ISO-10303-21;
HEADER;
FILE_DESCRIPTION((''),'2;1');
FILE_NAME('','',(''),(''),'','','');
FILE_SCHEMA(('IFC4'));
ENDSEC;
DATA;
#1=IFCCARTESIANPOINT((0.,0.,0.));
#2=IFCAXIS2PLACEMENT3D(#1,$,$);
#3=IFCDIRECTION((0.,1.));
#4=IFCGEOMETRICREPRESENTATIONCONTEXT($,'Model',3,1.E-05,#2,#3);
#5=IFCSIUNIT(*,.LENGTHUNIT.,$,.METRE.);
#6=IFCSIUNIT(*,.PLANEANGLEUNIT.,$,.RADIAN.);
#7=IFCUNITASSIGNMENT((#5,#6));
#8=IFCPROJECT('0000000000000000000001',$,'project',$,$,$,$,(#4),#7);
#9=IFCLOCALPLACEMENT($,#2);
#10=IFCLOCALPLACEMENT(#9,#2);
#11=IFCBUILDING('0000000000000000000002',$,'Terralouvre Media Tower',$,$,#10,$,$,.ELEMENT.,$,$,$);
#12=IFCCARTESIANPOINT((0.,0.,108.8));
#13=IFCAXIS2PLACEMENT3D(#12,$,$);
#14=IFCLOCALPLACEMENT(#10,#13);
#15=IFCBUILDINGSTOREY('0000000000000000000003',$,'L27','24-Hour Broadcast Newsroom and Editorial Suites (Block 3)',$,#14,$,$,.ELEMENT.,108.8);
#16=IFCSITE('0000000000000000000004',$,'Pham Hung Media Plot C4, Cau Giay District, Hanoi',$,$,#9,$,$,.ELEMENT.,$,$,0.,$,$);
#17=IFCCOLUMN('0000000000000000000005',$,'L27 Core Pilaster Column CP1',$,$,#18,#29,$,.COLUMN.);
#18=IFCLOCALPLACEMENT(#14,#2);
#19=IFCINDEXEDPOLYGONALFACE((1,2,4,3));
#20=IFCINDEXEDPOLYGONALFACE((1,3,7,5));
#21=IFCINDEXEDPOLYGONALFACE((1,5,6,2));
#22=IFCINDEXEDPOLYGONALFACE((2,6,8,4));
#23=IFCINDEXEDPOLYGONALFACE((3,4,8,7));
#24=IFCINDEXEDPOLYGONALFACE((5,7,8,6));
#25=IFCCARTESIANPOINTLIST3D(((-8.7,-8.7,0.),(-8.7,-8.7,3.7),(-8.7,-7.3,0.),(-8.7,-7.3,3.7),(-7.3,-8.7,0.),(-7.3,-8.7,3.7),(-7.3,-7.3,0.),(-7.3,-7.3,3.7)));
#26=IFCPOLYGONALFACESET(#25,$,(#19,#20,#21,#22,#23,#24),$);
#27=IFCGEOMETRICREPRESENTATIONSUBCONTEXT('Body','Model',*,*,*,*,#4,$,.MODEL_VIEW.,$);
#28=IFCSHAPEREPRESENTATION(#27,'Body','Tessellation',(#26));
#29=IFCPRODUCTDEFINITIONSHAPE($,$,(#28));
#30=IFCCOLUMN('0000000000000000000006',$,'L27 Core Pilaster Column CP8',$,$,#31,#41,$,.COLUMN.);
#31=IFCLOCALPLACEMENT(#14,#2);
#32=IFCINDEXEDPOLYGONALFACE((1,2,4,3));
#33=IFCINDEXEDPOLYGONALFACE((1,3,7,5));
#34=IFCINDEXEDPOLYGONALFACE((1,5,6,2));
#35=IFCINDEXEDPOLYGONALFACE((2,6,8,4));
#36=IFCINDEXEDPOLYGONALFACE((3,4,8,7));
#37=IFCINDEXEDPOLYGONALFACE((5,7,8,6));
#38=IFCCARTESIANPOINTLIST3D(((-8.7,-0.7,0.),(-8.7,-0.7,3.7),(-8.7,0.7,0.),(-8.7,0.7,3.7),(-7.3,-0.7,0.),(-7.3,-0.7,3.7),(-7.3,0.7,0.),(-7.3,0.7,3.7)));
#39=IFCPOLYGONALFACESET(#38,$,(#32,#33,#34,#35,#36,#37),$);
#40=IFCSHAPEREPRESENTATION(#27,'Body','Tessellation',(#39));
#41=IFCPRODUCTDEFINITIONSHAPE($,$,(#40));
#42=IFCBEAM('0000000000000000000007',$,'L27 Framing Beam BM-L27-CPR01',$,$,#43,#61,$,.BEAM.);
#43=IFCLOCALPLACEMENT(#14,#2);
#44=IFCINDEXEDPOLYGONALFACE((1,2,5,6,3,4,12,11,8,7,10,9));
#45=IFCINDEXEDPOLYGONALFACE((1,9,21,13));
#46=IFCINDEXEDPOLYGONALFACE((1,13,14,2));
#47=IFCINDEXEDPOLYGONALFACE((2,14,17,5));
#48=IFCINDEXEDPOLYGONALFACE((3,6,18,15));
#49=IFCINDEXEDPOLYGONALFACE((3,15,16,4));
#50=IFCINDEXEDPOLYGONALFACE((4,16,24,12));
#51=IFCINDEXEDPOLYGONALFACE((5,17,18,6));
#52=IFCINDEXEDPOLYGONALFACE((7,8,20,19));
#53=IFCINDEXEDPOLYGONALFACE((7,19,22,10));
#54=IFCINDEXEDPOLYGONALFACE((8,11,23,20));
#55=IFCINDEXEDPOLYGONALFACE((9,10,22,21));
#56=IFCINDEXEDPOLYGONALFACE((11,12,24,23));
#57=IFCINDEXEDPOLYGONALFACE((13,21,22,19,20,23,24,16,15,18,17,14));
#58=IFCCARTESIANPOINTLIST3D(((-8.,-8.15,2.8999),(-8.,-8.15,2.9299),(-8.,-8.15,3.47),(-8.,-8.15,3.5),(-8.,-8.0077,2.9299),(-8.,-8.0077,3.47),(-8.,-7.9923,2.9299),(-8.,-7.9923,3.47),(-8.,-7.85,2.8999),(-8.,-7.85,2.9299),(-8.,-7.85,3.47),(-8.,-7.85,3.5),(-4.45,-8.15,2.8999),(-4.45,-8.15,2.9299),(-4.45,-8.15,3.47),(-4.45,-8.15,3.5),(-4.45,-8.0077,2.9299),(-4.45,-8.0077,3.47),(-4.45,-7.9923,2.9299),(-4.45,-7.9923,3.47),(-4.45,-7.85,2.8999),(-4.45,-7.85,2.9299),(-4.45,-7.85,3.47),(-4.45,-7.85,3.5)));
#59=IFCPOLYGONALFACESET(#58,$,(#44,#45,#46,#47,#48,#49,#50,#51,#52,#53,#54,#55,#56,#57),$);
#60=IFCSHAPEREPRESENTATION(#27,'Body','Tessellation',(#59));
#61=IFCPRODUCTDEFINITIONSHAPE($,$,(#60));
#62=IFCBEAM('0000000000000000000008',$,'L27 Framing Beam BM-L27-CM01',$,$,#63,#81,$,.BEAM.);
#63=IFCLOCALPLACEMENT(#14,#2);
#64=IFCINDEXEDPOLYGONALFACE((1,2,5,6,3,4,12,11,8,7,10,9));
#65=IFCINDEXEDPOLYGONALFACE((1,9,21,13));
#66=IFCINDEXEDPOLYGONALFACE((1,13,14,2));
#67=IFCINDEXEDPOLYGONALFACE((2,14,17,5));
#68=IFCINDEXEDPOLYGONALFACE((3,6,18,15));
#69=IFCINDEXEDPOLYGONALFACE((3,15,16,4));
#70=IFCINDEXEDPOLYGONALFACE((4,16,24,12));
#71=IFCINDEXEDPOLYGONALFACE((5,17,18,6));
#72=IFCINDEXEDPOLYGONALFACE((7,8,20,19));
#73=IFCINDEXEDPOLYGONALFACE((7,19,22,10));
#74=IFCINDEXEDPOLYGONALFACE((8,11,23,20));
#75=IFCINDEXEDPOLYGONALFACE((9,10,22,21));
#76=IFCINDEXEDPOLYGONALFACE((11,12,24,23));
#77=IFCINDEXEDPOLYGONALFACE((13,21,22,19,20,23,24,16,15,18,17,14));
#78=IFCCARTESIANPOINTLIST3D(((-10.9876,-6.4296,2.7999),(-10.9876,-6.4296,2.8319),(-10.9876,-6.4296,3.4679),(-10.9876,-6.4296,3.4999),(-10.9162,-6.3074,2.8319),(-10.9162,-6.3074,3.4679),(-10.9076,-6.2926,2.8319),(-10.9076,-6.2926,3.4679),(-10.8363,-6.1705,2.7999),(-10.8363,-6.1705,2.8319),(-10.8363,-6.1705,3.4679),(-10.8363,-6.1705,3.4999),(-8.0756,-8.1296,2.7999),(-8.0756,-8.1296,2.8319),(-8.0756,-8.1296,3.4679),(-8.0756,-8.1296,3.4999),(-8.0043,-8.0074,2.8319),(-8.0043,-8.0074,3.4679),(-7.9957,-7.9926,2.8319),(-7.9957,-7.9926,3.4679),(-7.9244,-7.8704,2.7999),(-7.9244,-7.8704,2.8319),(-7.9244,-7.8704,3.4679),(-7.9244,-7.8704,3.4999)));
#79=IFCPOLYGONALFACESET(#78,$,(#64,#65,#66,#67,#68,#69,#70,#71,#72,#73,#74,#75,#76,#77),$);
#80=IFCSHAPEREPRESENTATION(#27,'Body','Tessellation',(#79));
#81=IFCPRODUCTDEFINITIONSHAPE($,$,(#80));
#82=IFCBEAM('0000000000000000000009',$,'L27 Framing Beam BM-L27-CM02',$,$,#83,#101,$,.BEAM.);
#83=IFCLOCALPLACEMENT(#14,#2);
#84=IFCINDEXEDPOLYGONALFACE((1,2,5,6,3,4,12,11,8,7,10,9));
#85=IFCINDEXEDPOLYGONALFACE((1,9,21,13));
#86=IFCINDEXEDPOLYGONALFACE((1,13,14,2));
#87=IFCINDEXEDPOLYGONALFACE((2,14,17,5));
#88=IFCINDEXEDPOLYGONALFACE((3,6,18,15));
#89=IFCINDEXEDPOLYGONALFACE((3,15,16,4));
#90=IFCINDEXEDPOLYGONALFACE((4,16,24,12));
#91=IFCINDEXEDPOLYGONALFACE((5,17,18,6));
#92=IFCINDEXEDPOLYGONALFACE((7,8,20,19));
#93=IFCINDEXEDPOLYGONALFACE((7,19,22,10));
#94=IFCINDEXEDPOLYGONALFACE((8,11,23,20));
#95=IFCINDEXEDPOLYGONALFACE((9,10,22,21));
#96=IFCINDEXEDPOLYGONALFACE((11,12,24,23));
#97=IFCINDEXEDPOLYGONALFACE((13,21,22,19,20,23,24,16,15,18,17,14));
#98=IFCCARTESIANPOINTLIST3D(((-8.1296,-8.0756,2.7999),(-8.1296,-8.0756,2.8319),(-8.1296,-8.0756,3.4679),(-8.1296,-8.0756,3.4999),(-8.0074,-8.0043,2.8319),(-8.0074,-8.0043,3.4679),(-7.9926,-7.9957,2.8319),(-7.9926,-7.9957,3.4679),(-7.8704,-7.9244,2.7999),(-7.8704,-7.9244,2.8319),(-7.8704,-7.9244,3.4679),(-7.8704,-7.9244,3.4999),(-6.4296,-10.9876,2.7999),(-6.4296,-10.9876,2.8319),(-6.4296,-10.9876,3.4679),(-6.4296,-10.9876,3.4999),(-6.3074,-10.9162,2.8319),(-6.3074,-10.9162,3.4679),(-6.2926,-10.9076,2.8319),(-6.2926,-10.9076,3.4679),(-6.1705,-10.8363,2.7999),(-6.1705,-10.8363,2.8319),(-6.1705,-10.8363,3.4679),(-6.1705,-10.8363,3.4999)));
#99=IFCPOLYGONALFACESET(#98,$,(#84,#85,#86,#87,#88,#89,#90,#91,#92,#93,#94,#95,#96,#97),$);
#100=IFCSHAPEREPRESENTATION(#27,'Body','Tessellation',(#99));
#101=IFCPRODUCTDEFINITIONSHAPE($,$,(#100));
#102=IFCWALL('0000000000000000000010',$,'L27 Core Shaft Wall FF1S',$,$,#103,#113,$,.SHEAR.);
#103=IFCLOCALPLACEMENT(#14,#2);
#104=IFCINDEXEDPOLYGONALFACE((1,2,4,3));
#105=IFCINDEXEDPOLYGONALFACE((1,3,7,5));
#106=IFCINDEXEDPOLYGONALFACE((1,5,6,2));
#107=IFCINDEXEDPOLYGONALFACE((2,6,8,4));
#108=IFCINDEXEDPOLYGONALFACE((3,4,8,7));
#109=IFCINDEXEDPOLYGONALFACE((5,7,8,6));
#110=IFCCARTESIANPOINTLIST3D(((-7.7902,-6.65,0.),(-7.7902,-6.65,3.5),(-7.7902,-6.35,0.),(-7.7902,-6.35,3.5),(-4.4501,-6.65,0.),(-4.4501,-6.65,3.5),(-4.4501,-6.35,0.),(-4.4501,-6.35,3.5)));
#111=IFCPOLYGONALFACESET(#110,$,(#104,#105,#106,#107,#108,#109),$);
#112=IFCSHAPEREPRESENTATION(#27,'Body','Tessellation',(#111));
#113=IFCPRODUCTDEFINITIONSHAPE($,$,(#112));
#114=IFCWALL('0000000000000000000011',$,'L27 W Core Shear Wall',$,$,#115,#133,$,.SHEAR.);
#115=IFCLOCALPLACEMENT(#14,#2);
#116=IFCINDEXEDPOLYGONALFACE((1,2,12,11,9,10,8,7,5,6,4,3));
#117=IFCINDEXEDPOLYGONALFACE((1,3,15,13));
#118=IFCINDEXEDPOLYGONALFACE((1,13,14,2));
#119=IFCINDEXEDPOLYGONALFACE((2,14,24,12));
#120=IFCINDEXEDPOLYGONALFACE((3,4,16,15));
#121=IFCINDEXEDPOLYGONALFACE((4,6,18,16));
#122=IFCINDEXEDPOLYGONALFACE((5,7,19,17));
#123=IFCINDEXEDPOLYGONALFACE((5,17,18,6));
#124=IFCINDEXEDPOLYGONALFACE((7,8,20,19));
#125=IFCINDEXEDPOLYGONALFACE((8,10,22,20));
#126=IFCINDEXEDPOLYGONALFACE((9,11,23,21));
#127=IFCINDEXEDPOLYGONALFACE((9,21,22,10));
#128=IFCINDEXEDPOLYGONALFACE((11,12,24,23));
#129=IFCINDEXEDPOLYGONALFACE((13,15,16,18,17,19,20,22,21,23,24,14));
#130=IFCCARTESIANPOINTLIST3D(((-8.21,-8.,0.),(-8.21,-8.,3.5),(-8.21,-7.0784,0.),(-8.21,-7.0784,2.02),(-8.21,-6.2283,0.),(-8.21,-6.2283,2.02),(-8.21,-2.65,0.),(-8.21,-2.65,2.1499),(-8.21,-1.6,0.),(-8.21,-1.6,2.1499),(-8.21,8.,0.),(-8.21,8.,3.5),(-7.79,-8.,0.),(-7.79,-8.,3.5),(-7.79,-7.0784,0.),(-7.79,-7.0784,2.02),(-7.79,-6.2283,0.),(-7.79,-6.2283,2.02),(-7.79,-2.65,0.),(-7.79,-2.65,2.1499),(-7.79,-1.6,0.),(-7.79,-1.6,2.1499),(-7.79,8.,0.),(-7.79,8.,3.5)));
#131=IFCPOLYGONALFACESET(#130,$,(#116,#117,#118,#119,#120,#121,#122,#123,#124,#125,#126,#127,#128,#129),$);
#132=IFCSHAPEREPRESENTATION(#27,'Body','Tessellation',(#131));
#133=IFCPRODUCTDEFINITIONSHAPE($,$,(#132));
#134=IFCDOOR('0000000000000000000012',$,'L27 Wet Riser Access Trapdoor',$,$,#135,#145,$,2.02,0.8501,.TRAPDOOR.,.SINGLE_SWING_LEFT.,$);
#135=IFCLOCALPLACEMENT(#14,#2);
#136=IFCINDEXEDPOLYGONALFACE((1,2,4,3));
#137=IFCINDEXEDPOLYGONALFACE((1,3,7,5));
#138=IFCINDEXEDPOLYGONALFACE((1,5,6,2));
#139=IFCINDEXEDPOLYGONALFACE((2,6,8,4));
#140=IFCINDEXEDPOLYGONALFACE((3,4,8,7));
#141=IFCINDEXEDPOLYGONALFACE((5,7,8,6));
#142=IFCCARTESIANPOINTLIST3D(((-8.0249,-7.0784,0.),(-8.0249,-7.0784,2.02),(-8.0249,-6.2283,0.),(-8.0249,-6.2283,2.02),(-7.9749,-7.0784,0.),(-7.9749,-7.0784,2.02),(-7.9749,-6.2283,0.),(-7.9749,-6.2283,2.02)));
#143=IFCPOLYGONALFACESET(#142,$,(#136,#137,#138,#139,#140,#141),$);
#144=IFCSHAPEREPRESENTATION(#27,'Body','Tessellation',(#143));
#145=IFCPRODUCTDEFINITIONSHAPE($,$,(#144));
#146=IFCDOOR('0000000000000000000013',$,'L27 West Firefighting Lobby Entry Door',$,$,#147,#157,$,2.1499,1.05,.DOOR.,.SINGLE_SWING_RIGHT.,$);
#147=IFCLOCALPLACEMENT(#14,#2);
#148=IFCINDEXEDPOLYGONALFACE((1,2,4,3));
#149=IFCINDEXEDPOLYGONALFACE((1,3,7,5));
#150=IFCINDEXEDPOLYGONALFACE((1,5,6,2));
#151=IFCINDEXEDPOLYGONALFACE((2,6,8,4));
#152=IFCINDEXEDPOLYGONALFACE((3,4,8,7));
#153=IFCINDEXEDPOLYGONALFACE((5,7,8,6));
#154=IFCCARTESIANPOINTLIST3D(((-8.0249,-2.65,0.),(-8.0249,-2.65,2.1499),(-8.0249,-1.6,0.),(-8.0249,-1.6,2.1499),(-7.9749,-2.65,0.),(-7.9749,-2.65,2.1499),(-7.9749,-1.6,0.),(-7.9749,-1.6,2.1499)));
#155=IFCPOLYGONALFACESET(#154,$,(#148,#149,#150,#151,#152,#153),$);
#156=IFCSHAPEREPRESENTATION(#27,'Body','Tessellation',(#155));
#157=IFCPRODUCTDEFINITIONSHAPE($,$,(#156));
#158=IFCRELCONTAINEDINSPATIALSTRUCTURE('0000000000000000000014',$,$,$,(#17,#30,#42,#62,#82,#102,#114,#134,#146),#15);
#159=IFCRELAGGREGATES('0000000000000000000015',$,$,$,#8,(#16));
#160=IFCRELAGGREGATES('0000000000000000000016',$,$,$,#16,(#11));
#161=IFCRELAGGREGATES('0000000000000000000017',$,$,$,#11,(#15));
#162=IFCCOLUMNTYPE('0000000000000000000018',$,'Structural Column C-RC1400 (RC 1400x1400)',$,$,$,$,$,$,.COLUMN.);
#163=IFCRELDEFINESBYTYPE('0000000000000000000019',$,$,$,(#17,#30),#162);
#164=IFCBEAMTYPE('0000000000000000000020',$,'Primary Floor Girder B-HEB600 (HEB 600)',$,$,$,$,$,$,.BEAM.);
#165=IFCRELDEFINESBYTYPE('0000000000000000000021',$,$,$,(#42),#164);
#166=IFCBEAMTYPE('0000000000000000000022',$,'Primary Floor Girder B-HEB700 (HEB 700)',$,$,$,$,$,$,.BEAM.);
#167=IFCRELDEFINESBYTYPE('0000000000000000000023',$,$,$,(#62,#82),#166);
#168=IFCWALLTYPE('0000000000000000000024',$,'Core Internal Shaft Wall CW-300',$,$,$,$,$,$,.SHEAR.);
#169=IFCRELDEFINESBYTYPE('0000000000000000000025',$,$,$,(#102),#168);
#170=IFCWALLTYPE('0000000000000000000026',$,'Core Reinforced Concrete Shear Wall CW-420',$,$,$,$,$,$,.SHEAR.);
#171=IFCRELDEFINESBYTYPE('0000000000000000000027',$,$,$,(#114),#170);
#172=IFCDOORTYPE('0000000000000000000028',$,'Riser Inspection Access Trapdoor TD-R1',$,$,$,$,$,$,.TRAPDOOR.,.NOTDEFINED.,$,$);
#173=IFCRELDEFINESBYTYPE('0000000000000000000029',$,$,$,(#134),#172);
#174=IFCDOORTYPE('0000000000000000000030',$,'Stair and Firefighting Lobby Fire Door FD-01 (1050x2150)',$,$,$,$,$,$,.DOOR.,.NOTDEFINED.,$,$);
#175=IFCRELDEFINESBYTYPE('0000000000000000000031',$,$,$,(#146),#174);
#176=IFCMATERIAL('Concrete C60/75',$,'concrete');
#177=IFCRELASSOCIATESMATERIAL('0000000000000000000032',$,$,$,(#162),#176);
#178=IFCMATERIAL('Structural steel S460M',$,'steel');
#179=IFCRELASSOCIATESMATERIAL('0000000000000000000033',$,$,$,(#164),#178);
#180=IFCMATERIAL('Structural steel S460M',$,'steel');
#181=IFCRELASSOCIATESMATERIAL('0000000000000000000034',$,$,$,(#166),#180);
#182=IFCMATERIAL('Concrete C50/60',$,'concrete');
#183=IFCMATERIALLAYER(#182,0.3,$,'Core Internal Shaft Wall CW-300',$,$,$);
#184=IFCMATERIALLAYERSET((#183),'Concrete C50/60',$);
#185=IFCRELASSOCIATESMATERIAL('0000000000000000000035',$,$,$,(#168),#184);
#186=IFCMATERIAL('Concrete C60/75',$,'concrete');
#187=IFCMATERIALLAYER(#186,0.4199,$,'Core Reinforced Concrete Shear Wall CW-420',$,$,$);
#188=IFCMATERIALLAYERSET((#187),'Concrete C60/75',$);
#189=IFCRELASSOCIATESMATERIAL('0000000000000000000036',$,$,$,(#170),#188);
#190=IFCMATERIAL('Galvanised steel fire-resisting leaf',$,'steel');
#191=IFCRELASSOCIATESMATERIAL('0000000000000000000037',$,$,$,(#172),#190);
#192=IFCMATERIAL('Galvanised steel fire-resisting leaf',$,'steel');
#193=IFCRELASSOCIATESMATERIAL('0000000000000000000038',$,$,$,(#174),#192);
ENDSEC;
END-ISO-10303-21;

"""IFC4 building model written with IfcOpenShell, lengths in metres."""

from ifc_helpers import new_model, si_unit, direction, frame, frame_2d, origin, origin_2d, place, context, subcontext, project, spatial, rectangle, i_section, extrude, material, layer, layer_set, material_profile, profile_set, type_object, element, fill, save


model = new_model("IFC4")

# Units and contexts
model_context = context("Model", 3, precision=1e-05, world=origin(), true_north=direction((0.0, 1.0)))
body_context = subcontext(model_context, "Body", "Model", "MODEL_VIEW")
ifc_project = project(units=[si_unit("LENGTHUNIT", "METRE"), si_unit("PLANEANGLEUNIT", "RADIAN")], contexts=[model_context])

# Site, building, storey
site_placement = place(None, origin())
site = spatial("IfcSite", under=ifc_project, at=site_placement, Name="Pham Hung Media Plot C4, Cau Giay District, Hanoi", CompositionType="ELEMENT", RefElevation=0.0)
building_placement = place(site_placement, origin())
building = spatial("IfcBuilding", under=site, at=building_placement, Name="Terralouvre Media Tower", CompositionType="ELEMENT")
storey_placement = place(building_placement, frame((0.0, 0.0, 108.8)))
storey = spatial("IfcBuildingStorey", under=building, at=storey_placement, Name="L27", Description="24-Hour Broadcast Newsroom and Editorial Suites (Block 3)", CompositionType="ELEMENT", Elevation=108.8)

# Columns
ifc_material_1 = material(Name="Concrete C60/75", Category="concrete")
ifc_material_profile_1 = material_profile(ifc_material_1, rectangle(XDim=1.3999, YDim=1.3999, at=origin_2d()), Name="RC 1400x1400")
ifc_profile_set_1 = profile_set([ifc_material_profile_1], Name="Concrete C60/75")
column_type = type_object("IfcColumnType", Name="Structural Column C-RC1400 (RC 1400x1400)", PredefinedType="COLUMN", material=ifc_profile_set_1)
for number, where, z_axis, x_axis, name in (
    (1, (-8.0, -8.0, 0.0), (0.0, 0.0, 1.0), (1.0, 0.0, 0.0), "L27 Core Pilaster Column CP1"),
    (2, (-8.0, 0.0, 0.0), (0.0, 0.0, 1.0), (1.0, 0.0, 0.0), "L27 Core Pilaster Column CP8"),
):
    element("IfcColumn", number, at=place(storey_placement, frame(where, z_axis=z_axis, x_axis=x_axis)), inside=storey, type_object=column_type, Name=name, PredefinedType="COLUMN", context=body_context, shape_type="SweptSolid", body=[
        extrude(rectangle(XDim=1.3999, YDim=1.3999, at=origin_2d()), origin(), (0.0, 0.0, 1.0), 3.7),
    ])

# Beams
ifc_material_2 = material(Name="Structural steel S460M", Category="steel")
ifc_material_profile_2 = material_profile(ifc_material_2, i_section(OverallWidth=0.3, OverallDepth=0.6001, WebThickness=0.0154, FlangeThickness=0.03, at=origin_2d()), Name="HEB 600")
ifc_profile_set_2 = profile_set([ifc_material_profile_2], Name="Structural steel S460M")
beam_type_1 = type_object("IfcBeamType", Name="Primary Floor Girder B-HEB600 (HEB 600)", PredefinedType="BEAM", material=ifc_profile_set_2)
beam_placement = place(storey_placement, frame((-8.0, -8.0, 3.2), z_axis=(1.0, 0.0, 0.0), x_axis=(0.0, 1.0, 0.0)))
element("IfcBeam", 3, at=beam_placement, inside=storey, type_object=beam_type_1, Name="L27 Framing Beam BM-L27-CPR01", PredefinedType="BEAM", context=body_context, shape_type="SweptSolid", body=[
    extrude(i_section(OverallWidth=0.3, OverallDepth=0.6001, WebThickness=0.0154, FlangeThickness=0.03, at=origin_2d()), origin(), (0.0, 0.0, 1.0), 3.55),
])
ifc_material_3 = material(Name="Structural steel S460M", Category="steel")
ifc_material_profile_3 = material_profile(ifc_material_3, i_section(OverallWidth=0.3, OverallDepth=0.7, WebThickness=0.0171, FlangeThickness=0.032, at=origin_2d()), Name="HEB 700")
ifc_profile_set_3 = profile_set([ifc_material_profile_3], Name="Structural steel S460M")
beam_type_2 = type_object("IfcBeamType", Name="Primary Floor Girder B-HEB700 (HEB 700)", PredefinedType="BEAM", material=ifc_profile_set_3)
for number, where, z_axis, x_axis, name in (
    (4, (-8.0, -8.0, 3.1499), (-0.863603, 0.504173, 0.0), (-0.504173, -0.863603, 0.0), "L27 Framing Beam BM-L27-CM01"),
    (5, (-8.0, -8.0, 3.1499), (0.504173, -0.863603, 0.0), (0.863603, 0.504173, 0.0), "L27 Framing Beam BM-L27-CM02"),
):
    element("IfcBeam", number, at=place(storey_placement, frame(where, z_axis=z_axis, x_axis=x_axis)), inside=storey, type_object=beam_type_2, Name=name, PredefinedType="BEAM", context=body_context, shape_type="SweptSolid", body=[
        extrude(i_section(OverallWidth=0.3, OverallDepth=0.7, WebThickness=0.0171, FlangeThickness=0.032, at=origin_2d()), origin(), (0.0, 0.0, 1.0), 3.3718),
    ])

# Wall
ifc_material_4 = material(Name="Concrete C50/60", Category="concrete")
ifc_layer_1 = layer(ifc_material_4, 0.3, Name="Core Internal Shaft Wall CW-300")
ifc_layer_set_1 = layer_set([ifc_layer_1], Name="Concrete C50/60")
wall_type_1 = type_object("IfcWallType", Name="Core Internal Shaft Wall CW-300", PredefinedType="SHEAR", material=ifc_layer_set_1)
wall_1_placement = place(storey_placement, frame((-7.79, -6.5, 0.0), z_axis=(0.0, 0.0, 1.0), x_axis=(1.0, 0.0, 0.0)))
element("IfcWall", 6, at=wall_1_placement, inside=storey, type_object=wall_type_1, Name="L27 Core Shaft Wall FF1S", PredefinedType="SHEAR", context=body_context, shape_type="SweptSolid", body=[
    extrude(rectangle(XDim=3.3401, YDim=0.3, at=frame_2d((1.6699, 0.0))), origin(), (0.0, 0.0, 1.0), 3.5),
])

# Wall, openings, doors
ifc_material_5 = material(Name="Concrete C60/75", Category="concrete")
ifc_layer_2 = layer(ifc_material_5, 0.4199, Name="Core Reinforced Concrete Shear Wall CW-420")
ifc_layer_set_2 = layer_set([ifc_layer_2], Name="Concrete C60/75")
wall_type_2 = type_object("IfcWallType", Name="Core Reinforced Concrete Shear Wall CW-420", PredefinedType="SHEAR", material=ifc_layer_set_2)
wall_2_placement = place(storey_placement, frame((-8.0, -8.0, 0.0), z_axis=(0.0, 0.0, 1.0), x_axis=(0.0, 1.0, 0.0)))
wall_2 = element("IfcWall", 7, at=wall_2_placement, inside=storey, type_object=wall_type_2, Name="L27 W Core Shear Wall", PredefinedType="SHEAR", context=body_context, shape_type="SweptSolid", body=[
    extrude(rectangle(XDim=16.0, YDim=0.4199, at=frame_2d((8.0, 0.0))), origin(), (0.0, 0.0, 1.0), 3.5),
])
opening_1_placement = place(wall_2_placement, frame((0.9216, 0.0, 0.0)))
opening_1 = element("IfcOpeningElement", 8, at=opening_1_placement, cuts=wall_2, PredefinedType="OPENING", context=body_context, shape_type="SweptSolid", body=[
    extrude(rectangle(XDim=0.8501, YDim=2.02, at=frame_2d((0.425, 1.01))), frame((0.0, 0.22, 0.0), z_axis=(0.0, -1.0, 0.0), x_axis=(1.0, 0.0, 0.0)), (0.0, 0.0, 1.0), 0.4399),
])
opening_2_placement = place(wall_2_placement, frame((5.3501, 0.0, 0.0)))
opening_2 = element("IfcOpeningElement", 9, at=opening_2_placement, cuts=wall_2, PredefinedType="OPENING", context=body_context, shape_type="SweptSolid", body=[
    extrude(rectangle(XDim=1.05, YDim=2.1499, at=frame_2d((0.5249, 1.075))), frame((0.0, 0.22, 0.0), z_axis=(0.0, -1.0, 0.0), x_axis=(1.0, 0.0, 0.0)), (0.0, 0.0, 1.0), 0.4399),
])
ifc_material_6 = material(Name="Galvanised steel fire-resisting leaf", Category="steel")
door_type_1 = type_object("IfcDoorType", Name="Riser Inspection Access Trapdoor TD-R1", OperationType="NOTDEFINED", PredefinedType="TRAPDOOR", material=ifc_material_6)
door_1_placement = place(opening_1_placement, origin())
door_1 = element("IfcDoor", 10, at=door_1_placement, inside=storey, type_object=door_type_1, Name="L27 Wet Riser Access Trapdoor", OperationType="SINGLE_SWING_LEFT", OverallHeight=2.02, OverallWidth=0.8501, PredefinedType="TRAPDOOR", context=body_context, shape_type="SweptSolid", body=[
    extrude(rectangle(XDim=0.8501, YDim=2.02, at=frame_2d((0.425, 1.01))), frame((0.0, 0.0249, 0.0), z_axis=(0.0, -1.0, 0.0), x_axis=(1.0, 0.0, 0.0)), (0.0, 0.0, 1.0), 0.05),
])
fill(opening_1, door_1)
ifc_material_7 = material(Name="Galvanised steel fire-resisting leaf", Category="steel")
door_type_2 = type_object("IfcDoorType", Name="Stair and Firefighting Lobby Fire Door FD-01 (1050x2150)", OperationType="NOTDEFINED", PredefinedType="DOOR", material=ifc_material_7)
door_2_placement = place(opening_2_placement, origin())
door_2 = element("IfcDoor", 11, at=door_2_placement, inside=storey, type_object=door_type_2, Name="L27 West Firefighting Lobby Entry Door", OperationType="SINGLE_SWING_RIGHT", OverallHeight=2.1499, OverallWidth=1.05, PredefinedType="DOOR", context=body_context, shape_type="SweptSolid", body=[
    extrude(rectangle(XDim=1.05, YDim=2.1499, at=frame_2d((0.5249, 1.075))), frame((0.0, 0.0249, 0.0), z_axis=(0.0, -1.0, 0.0), x_axis=(1.0, 0.0, 0.0)), (0.0, 0.0, 1.0), 0.05),
])
fill(opening_2, door_2)

save(model, "model.ifc")
